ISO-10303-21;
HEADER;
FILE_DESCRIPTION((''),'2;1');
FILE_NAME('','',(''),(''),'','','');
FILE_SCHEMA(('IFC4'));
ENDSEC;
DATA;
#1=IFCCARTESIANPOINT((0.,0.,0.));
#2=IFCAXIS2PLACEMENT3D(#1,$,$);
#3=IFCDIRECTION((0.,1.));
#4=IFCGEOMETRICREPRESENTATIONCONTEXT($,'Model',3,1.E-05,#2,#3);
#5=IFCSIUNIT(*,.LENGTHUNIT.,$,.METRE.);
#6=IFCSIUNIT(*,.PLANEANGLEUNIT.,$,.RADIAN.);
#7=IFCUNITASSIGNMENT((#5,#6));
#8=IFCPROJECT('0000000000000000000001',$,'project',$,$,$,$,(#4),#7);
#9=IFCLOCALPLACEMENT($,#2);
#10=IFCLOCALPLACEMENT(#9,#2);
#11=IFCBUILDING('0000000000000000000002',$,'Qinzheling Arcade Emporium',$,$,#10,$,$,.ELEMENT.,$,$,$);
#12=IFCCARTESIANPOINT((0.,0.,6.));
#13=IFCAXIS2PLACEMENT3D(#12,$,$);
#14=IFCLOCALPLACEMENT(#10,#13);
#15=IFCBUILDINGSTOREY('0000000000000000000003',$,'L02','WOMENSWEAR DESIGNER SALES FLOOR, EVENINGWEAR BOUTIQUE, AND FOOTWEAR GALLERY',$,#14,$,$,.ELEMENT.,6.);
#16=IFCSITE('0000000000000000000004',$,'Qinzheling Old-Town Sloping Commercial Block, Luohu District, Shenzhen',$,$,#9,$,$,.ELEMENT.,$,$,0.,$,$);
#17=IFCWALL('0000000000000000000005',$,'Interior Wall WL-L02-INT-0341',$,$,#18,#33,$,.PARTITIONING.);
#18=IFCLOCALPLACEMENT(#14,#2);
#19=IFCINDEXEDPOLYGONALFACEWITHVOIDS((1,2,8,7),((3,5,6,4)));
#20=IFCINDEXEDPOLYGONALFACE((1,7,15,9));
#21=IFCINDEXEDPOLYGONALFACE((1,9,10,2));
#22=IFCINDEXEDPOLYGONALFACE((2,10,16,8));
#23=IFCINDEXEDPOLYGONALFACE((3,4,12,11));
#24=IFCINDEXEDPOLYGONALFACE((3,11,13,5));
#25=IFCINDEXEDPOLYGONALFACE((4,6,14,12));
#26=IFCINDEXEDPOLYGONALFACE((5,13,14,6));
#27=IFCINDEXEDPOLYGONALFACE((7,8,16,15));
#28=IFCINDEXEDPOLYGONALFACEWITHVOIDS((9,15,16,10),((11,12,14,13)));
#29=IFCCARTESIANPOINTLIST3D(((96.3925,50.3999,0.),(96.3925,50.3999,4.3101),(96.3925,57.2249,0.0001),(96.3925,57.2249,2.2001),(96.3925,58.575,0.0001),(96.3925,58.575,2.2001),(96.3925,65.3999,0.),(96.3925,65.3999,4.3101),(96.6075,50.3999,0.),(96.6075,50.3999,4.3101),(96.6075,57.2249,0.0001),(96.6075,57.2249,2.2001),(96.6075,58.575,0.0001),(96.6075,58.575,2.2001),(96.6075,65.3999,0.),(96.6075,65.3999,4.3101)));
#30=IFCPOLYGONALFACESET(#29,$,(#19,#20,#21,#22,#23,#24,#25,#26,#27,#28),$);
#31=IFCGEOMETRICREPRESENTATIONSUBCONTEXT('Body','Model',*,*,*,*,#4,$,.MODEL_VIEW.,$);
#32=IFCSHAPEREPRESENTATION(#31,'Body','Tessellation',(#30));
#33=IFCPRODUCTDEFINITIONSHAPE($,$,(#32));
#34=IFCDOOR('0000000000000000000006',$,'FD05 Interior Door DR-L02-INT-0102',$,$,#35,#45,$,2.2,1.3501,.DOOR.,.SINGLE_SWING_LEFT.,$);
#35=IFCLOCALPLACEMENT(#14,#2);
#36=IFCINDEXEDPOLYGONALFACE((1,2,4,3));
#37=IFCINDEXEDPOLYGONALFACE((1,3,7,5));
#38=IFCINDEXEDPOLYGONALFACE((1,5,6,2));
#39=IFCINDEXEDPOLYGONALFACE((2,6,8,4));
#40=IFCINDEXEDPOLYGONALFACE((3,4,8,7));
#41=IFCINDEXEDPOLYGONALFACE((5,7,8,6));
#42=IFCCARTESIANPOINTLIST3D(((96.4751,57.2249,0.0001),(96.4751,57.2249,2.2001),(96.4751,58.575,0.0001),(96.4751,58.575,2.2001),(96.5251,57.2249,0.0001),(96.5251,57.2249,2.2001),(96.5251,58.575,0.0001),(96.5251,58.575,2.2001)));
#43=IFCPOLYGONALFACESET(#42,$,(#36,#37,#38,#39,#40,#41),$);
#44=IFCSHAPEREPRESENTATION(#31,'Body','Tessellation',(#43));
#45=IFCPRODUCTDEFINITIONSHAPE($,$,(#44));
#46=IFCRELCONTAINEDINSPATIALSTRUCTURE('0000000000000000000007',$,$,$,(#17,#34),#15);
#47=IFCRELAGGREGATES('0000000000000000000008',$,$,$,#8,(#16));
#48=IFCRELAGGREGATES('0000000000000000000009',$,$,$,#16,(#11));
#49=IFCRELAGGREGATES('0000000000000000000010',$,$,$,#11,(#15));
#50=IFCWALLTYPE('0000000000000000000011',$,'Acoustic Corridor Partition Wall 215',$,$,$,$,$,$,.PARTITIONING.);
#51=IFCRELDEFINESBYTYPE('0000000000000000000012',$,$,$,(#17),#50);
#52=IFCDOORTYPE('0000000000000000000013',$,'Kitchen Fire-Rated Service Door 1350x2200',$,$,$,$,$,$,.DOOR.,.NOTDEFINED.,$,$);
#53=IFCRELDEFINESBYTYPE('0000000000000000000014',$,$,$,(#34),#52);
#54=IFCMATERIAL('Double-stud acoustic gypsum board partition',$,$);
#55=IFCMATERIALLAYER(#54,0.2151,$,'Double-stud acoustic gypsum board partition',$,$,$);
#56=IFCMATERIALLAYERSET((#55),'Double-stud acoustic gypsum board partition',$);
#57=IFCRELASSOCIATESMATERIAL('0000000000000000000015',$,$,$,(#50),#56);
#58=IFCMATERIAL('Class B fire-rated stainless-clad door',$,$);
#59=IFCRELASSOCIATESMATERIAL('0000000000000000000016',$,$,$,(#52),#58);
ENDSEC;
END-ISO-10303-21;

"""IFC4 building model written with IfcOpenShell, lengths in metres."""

from ifc_helpers import new_model, si_unit, direction, frame, frame_2d, origin, place, context, subcontext, project, spatial, rectangle, extrude, material, layer, layer_set, type_object, element, fill, save


model = new_model("IFC4")

# Units and contexts
model_context = context("Model", 3, precision=1e-05, world=origin(), true_north=direction((0.0, 1.0)))
body_context = subcontext(model_context, "Body", "Model", "MODEL_VIEW")
ifc_project = project(units=[si_unit("LENGTHUNIT", "METRE"), si_unit("PLANEANGLEUNIT", "RADIAN")], contexts=[model_context])

# Site, building, storey
site_placement = place(None, origin())
site = spatial("IfcSite", under=ifc_project, at=site_placement, Name="Qinzheling Old-Town Sloping Commercial Block, Luohu District, Shenzhen", CompositionType="ELEMENT", RefElevation=0.0)
building_placement = place(site_placement, origin())
building = spatial("IfcBuilding", under=site, at=building_placement, Name="Qinzheling Arcade Emporium", CompositionType="ELEMENT")
storey_placement = place(building_placement, frame((0.0, 0.0, 6.0)))
storey = spatial("IfcBuildingStorey", under=building, at=storey_placement, Name="L02", Description="WOMENSWEAR DESIGNER SALES FLOOR, EVENINGWEAR BOUTIQUE, AND FOOTWEAR GALLERY", CompositionType="ELEMENT", Elevation=6.0)

# Shared definitions
ifc_material_1 = material(Name="Double-stud acoustic gypsum board partition")
ifc_layer = layer(ifc_material_1, 0.2151, Name="Double-stud acoustic gypsum board partition")
ifc_layer_set = layer_set([ifc_layer], Name="Double-stud acoustic gypsum board partition")
wall_type = type_object("IfcWallType", Name="Acoustic Corridor Partition Wall 215", PredefinedType="PARTITIONING", material=ifc_layer_set)

# Shared definitions
ifc_material_2 = material(Name="Class B fire-rated stainless-clad door")
door_type = type_object("IfcDoorType", Name="Kitchen Fire-Rated Service Door 1350x2200", OperationType="NOTDEFINED", PredefinedType="DOOR", material=ifc_material_2)

# Wall, opening, door
wall_1_placement = place(storey_placement, frame((96.5, 50.3999, 0.0), z_axis=(0.0, 0.0, 1.0), x_axis=(0.0, 1.0, 0.0)))
wall_1 = element("IfcWall", 1, at=wall_1_placement, inside=storey, type_object=wall_type, Name="Interior Wall WL-L02-INT-0341", PredefinedType="PARTITIONING", context=body_context, shape_type="SweptSolid", body=[
    extrude(rectangle(XDim=15.0, YDim=0.2151, at=frame_2d((7.5, 0.0))), origin(), (0.0, 0.0, 1.0), 4.3101),
])
opening_1_placement = place(wall_1_placement, frame((6.825, 0.0, 0.0)))
opening_1 = element("IfcOpeningElement", 2, at=opening_1_placement, cuts=wall_1, PredefinedType="OPENING", context=body_context, shape_type="SweptSolid", body=[
    extrude(rectangle(XDim=1.3501, YDim=2.2, at=frame_2d((0.675, 1.1001))), frame((0.0, 0.1177, 0.0), z_axis=(0.0, -1.0, 0.0), x_axis=(1.0, 0.0, 0.0)), (0.0, 0.0, 1.0), 0.2351),
])
door_1_placement = place(opening_1_placement, origin())
door_1 = element("IfcDoor", 3, at=door_1_placement, inside=storey, type_object=door_type, Name="FD05 Interior Door DR-L02-INT-0102", OperationType="SINGLE_SWING_LEFT", OverallHeight=2.2, OverallWidth=1.3501, PredefinedType="DOOR", context=body_context, shape_type="SweptSolid", body=[
    extrude(rectangle(XDim=1.3501, YDim=2.2, at=frame_2d((0.675, 1.1001))), frame((0.0, 0.0249, 0.0), z_axis=(0.0, -1.0, 0.0), x_axis=(1.0, 0.0, 0.0)), (0.0, 0.0, 1.0), 0.05),
])
fill(opening_1, door_1)

save(model, "model.ifc")
